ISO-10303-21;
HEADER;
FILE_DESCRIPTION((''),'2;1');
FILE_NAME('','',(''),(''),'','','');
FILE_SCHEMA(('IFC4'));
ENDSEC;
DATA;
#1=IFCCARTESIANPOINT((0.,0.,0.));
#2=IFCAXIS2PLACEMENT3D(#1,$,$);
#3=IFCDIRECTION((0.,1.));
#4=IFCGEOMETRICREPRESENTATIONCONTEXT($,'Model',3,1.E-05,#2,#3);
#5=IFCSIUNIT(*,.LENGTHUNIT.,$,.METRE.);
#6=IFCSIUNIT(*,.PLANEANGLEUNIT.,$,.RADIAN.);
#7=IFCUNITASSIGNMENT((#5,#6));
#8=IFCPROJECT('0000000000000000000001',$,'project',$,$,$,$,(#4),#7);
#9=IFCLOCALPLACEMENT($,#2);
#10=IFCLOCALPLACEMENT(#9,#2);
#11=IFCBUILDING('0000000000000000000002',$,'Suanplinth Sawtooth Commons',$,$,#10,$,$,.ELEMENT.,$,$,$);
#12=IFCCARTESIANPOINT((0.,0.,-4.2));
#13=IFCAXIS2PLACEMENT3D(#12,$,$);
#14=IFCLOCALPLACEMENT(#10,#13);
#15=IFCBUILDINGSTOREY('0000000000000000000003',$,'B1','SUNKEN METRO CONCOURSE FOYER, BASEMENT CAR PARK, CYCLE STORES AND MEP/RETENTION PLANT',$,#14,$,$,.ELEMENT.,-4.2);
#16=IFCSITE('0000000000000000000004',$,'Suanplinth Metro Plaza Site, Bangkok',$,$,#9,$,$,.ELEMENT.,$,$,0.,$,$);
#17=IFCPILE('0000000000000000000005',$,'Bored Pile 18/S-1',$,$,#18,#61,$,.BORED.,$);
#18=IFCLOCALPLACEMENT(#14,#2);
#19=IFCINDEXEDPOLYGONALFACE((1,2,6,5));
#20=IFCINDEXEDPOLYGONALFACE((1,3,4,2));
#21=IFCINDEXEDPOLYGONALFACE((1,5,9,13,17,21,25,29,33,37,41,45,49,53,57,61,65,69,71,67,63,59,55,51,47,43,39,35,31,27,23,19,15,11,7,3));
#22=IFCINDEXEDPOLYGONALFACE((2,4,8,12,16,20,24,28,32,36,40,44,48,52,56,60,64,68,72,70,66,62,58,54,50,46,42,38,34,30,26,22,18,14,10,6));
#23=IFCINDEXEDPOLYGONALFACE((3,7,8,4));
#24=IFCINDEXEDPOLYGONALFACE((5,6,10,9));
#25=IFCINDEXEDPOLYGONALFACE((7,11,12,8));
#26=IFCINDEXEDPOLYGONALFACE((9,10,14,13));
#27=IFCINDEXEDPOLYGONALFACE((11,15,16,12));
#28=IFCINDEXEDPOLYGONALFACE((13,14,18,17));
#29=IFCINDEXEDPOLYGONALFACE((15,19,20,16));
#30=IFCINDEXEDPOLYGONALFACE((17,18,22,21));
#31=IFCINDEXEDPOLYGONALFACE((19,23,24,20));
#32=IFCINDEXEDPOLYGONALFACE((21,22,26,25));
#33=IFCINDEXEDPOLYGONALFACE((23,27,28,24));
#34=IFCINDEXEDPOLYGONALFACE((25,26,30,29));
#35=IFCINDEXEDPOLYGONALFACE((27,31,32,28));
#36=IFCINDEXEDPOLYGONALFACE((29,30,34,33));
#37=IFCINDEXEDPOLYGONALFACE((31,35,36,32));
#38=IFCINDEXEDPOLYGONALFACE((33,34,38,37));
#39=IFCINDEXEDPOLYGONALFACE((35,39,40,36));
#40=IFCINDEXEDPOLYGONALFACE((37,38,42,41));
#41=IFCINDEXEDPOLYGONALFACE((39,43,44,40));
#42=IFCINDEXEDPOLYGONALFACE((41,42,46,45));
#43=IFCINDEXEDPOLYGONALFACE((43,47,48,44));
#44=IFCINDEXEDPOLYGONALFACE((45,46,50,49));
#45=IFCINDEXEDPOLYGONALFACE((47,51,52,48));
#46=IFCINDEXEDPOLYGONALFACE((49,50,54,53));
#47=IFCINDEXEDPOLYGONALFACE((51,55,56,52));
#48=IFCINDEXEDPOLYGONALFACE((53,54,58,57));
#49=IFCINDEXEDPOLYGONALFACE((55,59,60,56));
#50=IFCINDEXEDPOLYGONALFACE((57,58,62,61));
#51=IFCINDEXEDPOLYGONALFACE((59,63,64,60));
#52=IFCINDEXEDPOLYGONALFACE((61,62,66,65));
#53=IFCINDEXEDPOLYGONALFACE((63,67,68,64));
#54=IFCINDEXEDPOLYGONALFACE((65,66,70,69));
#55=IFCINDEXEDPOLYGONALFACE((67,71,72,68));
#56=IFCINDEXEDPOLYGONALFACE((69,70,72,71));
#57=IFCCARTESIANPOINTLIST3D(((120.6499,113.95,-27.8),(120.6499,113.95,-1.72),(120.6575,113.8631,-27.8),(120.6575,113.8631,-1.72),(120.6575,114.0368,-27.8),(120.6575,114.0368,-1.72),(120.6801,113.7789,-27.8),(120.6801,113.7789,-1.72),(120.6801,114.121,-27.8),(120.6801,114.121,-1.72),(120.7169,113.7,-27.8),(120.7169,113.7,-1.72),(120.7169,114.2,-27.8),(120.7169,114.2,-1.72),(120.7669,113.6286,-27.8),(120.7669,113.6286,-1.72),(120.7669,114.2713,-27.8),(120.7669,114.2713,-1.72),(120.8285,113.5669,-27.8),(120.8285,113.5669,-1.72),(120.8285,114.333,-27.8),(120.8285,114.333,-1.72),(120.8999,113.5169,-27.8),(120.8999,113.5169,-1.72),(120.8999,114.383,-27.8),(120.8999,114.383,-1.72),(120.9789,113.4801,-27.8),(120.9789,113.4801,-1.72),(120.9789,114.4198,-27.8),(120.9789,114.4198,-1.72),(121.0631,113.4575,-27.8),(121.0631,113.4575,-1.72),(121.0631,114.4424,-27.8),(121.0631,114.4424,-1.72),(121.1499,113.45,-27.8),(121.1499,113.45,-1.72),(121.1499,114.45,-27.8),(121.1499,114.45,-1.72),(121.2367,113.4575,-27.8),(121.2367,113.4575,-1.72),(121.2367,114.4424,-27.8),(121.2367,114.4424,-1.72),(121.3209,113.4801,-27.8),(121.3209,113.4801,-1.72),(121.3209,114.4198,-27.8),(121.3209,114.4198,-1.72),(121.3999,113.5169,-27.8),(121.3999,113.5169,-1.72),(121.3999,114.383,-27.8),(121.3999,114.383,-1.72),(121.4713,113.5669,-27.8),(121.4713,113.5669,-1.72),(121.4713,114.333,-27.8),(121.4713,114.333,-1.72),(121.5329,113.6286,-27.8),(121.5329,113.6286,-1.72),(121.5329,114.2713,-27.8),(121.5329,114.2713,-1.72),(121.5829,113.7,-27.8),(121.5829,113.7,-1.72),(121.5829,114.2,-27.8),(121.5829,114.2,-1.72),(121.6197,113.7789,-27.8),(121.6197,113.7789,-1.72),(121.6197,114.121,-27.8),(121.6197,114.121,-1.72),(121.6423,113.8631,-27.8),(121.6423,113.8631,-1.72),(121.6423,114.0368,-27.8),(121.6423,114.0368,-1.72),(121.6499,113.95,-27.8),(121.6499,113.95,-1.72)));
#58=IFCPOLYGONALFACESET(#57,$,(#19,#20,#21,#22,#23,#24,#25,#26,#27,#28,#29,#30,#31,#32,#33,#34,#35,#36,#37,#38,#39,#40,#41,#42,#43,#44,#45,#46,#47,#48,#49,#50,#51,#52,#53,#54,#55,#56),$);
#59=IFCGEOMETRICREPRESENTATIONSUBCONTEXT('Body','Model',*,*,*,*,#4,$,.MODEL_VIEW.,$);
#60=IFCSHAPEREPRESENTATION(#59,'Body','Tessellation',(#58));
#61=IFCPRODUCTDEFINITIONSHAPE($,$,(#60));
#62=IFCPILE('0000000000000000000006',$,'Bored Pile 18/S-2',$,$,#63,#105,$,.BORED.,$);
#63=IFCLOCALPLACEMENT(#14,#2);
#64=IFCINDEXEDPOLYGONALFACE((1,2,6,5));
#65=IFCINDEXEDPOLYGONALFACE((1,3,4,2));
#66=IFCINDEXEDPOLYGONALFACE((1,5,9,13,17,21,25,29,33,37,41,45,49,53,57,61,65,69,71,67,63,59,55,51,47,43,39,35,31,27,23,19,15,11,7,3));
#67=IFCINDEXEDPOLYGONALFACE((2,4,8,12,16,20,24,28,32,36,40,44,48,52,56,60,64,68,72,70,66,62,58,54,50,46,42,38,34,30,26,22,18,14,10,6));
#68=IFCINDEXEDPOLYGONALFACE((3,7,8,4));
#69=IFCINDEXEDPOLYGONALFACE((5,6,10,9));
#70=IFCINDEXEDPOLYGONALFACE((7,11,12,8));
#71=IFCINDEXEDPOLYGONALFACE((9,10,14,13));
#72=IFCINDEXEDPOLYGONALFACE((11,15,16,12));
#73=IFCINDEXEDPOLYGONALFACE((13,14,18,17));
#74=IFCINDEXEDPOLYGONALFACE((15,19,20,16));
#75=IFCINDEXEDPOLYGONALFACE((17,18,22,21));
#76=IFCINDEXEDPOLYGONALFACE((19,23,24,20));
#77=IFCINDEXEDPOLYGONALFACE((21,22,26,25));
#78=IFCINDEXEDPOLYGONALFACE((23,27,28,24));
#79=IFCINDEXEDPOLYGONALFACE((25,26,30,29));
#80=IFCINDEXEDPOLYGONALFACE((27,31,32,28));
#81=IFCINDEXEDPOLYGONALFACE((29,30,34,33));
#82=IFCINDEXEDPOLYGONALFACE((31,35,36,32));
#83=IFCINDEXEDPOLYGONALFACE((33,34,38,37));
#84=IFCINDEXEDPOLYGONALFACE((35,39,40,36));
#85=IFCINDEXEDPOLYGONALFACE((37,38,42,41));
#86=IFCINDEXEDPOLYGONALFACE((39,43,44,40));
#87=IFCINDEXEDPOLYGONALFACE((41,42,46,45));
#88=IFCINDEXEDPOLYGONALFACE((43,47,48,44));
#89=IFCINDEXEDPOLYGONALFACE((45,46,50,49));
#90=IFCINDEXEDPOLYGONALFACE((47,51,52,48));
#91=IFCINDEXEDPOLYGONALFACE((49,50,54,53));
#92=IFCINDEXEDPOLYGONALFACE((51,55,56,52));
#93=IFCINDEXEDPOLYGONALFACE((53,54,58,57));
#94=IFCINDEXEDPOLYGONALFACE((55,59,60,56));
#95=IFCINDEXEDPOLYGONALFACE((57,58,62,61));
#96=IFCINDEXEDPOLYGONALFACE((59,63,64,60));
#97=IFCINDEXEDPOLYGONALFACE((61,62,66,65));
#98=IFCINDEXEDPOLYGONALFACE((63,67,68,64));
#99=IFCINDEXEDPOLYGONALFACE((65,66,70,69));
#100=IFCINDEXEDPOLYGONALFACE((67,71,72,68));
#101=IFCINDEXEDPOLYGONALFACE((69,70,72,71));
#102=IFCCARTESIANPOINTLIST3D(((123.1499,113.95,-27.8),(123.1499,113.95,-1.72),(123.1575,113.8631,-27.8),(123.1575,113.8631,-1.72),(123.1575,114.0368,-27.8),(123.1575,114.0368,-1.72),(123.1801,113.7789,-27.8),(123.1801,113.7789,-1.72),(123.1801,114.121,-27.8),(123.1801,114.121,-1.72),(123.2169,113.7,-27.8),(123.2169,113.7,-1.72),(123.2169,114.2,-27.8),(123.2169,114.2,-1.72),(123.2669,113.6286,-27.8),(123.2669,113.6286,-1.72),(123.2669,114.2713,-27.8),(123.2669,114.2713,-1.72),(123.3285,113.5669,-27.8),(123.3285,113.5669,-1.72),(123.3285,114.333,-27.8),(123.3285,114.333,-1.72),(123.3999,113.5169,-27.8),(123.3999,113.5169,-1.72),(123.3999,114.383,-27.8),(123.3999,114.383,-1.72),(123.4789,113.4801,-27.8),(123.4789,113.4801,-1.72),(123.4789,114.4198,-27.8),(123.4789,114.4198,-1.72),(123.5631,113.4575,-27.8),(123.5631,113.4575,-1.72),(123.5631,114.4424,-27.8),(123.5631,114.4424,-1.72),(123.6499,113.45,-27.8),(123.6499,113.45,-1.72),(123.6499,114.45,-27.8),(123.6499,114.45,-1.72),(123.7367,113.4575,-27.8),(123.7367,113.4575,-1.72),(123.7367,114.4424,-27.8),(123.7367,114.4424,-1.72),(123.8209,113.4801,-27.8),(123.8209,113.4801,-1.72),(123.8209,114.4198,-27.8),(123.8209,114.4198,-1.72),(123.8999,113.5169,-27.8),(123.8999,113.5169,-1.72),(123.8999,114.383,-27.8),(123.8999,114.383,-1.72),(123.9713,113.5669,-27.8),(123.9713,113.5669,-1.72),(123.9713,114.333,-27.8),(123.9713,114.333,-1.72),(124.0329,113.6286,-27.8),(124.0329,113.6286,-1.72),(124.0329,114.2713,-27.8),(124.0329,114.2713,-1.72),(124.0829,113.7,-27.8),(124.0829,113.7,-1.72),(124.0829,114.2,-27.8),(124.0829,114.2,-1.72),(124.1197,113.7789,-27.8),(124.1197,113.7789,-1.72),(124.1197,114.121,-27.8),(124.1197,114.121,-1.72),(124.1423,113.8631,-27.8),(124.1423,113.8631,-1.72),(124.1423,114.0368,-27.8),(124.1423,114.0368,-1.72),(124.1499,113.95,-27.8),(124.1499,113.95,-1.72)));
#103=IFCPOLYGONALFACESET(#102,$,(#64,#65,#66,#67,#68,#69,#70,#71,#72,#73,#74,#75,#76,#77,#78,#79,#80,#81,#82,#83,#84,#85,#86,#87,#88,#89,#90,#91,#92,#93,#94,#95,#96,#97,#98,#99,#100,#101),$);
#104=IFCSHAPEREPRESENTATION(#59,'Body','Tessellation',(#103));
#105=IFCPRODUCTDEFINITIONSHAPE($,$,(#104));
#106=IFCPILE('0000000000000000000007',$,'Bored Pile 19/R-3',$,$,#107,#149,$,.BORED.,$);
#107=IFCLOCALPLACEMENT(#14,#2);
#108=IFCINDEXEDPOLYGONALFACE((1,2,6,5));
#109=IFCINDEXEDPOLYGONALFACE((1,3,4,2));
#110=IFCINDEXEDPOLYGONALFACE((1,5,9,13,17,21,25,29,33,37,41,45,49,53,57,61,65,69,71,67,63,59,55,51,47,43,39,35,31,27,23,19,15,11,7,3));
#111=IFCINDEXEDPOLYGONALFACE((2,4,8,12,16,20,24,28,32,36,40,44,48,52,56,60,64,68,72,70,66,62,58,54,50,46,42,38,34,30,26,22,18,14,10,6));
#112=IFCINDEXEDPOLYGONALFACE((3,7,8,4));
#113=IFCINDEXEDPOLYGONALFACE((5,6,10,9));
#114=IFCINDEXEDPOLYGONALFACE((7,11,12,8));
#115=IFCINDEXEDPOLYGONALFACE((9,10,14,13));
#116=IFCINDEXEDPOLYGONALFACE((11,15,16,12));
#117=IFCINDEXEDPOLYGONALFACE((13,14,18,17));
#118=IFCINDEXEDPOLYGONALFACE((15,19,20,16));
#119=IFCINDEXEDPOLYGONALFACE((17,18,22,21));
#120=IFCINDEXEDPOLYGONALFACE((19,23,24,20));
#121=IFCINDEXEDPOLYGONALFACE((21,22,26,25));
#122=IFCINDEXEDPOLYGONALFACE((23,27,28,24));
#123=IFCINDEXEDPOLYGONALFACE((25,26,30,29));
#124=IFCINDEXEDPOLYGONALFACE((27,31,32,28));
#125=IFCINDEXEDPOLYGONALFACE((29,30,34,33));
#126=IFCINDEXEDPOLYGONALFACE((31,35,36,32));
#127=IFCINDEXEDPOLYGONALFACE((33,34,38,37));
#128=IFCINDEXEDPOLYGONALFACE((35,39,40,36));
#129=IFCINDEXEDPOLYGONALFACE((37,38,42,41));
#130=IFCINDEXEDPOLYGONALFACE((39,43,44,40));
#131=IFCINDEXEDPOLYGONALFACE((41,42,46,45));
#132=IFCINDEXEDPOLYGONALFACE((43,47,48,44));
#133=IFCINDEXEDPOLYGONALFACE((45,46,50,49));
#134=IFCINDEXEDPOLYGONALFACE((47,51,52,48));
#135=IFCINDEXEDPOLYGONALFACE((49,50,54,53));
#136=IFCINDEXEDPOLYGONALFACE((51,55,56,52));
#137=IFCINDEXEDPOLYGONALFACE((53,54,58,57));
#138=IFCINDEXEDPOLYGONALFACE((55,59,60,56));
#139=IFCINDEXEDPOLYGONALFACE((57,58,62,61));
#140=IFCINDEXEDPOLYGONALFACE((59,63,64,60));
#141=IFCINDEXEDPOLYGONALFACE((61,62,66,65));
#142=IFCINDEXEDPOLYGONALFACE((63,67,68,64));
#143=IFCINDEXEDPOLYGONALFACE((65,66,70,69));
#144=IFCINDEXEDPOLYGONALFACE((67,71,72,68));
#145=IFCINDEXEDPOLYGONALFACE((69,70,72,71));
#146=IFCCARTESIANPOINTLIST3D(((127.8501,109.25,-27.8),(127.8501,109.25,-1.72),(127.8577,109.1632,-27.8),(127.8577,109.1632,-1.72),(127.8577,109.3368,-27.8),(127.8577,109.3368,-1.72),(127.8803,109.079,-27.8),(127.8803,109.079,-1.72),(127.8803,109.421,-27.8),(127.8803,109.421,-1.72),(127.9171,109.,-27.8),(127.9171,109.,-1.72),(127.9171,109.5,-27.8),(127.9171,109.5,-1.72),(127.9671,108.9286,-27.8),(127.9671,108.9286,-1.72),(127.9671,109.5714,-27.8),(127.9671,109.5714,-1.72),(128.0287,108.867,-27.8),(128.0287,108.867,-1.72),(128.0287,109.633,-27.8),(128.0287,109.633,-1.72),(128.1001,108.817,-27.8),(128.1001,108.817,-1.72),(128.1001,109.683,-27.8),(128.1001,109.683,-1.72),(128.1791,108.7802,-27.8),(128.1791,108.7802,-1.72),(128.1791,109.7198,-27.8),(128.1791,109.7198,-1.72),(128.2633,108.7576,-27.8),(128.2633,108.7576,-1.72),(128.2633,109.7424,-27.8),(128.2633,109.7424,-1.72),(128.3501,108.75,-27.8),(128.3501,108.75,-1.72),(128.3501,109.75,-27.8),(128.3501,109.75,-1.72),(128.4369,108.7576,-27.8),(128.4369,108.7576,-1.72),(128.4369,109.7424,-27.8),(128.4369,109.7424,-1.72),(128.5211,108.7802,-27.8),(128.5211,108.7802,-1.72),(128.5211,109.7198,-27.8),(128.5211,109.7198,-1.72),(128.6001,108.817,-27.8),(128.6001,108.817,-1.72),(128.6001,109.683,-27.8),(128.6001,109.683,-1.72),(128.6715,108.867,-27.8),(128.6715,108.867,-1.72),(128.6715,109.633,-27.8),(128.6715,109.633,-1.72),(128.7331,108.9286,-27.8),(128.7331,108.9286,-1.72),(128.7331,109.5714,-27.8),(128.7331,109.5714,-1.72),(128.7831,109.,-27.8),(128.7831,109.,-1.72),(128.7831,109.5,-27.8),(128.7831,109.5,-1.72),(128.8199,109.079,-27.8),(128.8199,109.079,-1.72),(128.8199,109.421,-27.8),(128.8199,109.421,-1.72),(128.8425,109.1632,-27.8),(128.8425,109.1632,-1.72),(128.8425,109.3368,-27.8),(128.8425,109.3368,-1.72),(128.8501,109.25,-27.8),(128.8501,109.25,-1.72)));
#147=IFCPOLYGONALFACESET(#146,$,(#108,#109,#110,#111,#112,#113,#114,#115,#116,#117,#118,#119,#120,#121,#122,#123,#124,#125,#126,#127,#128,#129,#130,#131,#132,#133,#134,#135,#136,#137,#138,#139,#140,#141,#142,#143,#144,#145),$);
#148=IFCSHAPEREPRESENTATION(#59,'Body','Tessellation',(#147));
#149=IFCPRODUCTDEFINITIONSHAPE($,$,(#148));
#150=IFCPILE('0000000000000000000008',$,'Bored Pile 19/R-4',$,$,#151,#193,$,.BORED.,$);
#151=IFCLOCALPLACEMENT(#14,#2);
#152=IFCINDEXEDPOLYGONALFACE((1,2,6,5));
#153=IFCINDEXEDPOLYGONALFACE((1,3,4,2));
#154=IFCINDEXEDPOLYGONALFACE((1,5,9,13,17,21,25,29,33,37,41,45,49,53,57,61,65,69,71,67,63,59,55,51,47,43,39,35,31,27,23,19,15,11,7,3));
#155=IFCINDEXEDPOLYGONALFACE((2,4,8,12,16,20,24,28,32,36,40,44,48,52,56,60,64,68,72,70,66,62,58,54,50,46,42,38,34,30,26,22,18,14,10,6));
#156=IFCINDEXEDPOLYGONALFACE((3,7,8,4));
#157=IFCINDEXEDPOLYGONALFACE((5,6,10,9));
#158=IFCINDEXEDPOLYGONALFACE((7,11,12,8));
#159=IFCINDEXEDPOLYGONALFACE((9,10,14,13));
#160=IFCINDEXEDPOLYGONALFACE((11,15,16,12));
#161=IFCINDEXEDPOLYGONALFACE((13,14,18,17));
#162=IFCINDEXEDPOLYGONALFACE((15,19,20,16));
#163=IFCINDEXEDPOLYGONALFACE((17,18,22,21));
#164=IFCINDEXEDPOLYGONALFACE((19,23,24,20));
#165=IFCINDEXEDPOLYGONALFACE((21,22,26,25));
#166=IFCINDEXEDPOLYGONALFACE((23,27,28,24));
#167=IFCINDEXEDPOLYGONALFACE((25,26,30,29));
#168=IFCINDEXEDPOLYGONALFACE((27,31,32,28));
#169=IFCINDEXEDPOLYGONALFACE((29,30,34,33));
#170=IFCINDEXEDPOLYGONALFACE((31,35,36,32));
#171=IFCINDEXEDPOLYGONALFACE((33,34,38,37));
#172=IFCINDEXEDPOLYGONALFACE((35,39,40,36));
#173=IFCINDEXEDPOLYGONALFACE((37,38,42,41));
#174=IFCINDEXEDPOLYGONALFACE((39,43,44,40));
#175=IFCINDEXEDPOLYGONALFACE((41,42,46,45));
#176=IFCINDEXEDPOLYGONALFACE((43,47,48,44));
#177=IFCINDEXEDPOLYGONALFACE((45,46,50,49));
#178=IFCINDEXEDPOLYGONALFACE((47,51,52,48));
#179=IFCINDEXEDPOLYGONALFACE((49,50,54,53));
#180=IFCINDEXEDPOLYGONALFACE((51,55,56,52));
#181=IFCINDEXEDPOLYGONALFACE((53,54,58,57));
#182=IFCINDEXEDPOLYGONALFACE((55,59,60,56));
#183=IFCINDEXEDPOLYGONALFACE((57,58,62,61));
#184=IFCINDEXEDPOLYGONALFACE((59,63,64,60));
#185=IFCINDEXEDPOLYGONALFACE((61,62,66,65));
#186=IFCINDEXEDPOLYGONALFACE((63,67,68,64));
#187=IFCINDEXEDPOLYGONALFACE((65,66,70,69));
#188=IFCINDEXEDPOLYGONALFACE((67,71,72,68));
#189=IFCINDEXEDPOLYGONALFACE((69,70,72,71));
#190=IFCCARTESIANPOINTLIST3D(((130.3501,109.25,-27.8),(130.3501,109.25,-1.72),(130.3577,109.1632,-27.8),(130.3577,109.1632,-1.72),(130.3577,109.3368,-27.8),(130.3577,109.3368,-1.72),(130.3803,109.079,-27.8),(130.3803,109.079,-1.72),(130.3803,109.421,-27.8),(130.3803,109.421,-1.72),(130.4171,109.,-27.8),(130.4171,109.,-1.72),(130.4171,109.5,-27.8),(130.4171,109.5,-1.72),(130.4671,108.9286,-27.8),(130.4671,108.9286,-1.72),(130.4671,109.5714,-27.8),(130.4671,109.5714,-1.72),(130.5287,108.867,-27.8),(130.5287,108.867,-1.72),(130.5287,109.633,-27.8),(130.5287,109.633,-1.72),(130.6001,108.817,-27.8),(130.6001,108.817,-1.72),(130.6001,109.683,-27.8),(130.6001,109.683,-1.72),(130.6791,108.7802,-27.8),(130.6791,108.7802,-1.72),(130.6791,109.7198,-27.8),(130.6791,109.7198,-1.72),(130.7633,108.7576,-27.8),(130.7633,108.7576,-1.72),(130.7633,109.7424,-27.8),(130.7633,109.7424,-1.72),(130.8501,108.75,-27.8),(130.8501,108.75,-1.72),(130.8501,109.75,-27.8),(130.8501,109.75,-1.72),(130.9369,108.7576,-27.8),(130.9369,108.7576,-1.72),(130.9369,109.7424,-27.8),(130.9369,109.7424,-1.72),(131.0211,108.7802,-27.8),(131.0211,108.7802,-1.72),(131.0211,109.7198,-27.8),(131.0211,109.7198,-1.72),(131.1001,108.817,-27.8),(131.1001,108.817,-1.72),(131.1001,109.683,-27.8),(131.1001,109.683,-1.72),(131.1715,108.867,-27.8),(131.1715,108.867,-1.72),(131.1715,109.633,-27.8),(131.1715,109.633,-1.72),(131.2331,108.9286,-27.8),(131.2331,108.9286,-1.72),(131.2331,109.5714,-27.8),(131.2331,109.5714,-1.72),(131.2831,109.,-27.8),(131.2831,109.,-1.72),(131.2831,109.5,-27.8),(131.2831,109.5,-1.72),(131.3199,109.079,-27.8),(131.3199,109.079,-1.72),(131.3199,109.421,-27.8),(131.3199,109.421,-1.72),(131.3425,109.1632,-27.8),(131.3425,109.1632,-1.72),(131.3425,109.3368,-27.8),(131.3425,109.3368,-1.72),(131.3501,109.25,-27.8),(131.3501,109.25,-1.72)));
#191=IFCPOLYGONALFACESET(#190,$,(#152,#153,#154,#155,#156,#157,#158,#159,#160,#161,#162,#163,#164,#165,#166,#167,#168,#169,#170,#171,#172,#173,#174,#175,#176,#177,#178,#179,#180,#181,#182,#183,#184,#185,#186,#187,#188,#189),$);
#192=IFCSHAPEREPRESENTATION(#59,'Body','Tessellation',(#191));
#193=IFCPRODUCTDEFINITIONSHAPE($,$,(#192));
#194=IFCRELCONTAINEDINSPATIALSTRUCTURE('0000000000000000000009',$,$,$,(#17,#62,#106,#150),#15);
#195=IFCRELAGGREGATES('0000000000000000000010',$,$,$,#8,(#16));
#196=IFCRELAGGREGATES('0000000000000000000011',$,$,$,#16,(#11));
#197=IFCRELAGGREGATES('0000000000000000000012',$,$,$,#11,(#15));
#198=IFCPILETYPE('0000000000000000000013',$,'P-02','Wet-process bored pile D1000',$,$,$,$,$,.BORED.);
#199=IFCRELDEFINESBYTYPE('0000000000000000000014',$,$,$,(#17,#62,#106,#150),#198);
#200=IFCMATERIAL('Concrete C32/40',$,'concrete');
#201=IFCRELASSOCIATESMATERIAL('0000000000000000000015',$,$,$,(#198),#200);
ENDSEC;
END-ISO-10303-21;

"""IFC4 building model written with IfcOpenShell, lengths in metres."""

from ifc_helpers import new_model, si_unit, direction, frame, origin, origin_2d, place, context, subcontext, project, spatial, circle, extrude, material, material_profile, profile_set, type_object, element, save


model = new_model("IFC4")

# Units and contexts
model_context = context("Model", 3, precision=1e-05, world=origin(), true_north=direction((0.0, 1.0)))
body_context = subcontext(model_context, "Body", "Model", "MODEL_VIEW")
ifc_project = project(units=[si_unit("LENGTHUNIT", "METRE"), si_unit("PLANEANGLEUNIT", "RADIAN")], contexts=[model_context])

# Site, building, storey
site_placement = place(None, origin())
site = spatial("IfcSite", under=ifc_project, at=site_placement, Name="Suanplinth Metro Plaza Site, Bangkok", CompositionType="ELEMENT", RefElevation=0.0)
building_placement = place(site_placement, origin())
building = spatial("IfcBuilding", under=site, at=building_placement, Name="Suanplinth Sawtooth Commons", CompositionType="ELEMENT")
storey_placement = place(building_placement, frame((0.0, 0.0, -4.2)))
storey = spatial("IfcBuildingStorey", under=building, at=storey_placement, Name="B1", Description="SUNKEN METRO CONCOURSE FOYER, BASEMENT CAR PARK, CYCLE STORES AND MEP/RETENTION PLANT", CompositionType="ELEMENT", Elevation=-4.2)

# Piles
ifc_material_1 = material(Name="Concrete C32/40", Category="concrete")
ifc_material_profile_1 = material_profile(ifc_material_1, circle(Radius=0.5, at=origin_2d()), Name="PILE D1000")
ifc_profile_set_1 = profile_set([ifc_material_profile_1], Name="Concrete C32/40")
pile_type = type_object("IfcPileType", Name="P-02", Description="Wet-process bored pile D1000", PredefinedType="BORED", material=ifc_profile_set_1)
for number, where, z_axis, x_axis, name in (
    (1, (121.1499, 113.95, -1.72), (0.0, 0.0, -1.0), (1.0, 0.0, 0.0), "Bored Pile 18/S-1"),
    (2, (123.6499, 113.95, -1.72), (0.0, 0.0, -1.0), (1.0, 0.0, 0.0), "Bored Pile 18/S-2"),
    (3, (128.3501, 109.25, -1.72), (0.0, 0.0, -1.0), (1.0, 0.0, 0.0), "Bored Pile 19/R-3"),
    (4, (130.8501, 109.25, -1.72), (0.0, 0.0, -1.0), (1.0, 0.0, 0.0), "Bored Pile 19/R-4"),
):
    element("IfcPile", number, at=place(storey_placement, frame(where, z_axis=z_axis, x_axis=x_axis)), inside=storey, type_object=pile_type, Name=name, PredefinedType="BORED", context=body_context, shape_type="SweptSolid", body=[
        extrude(circle(Radius=0.5, at=origin_2d()), origin(), (0.0, 0.0, 1.0), 26.0801),
    ])

save(model, "model.ifc")
